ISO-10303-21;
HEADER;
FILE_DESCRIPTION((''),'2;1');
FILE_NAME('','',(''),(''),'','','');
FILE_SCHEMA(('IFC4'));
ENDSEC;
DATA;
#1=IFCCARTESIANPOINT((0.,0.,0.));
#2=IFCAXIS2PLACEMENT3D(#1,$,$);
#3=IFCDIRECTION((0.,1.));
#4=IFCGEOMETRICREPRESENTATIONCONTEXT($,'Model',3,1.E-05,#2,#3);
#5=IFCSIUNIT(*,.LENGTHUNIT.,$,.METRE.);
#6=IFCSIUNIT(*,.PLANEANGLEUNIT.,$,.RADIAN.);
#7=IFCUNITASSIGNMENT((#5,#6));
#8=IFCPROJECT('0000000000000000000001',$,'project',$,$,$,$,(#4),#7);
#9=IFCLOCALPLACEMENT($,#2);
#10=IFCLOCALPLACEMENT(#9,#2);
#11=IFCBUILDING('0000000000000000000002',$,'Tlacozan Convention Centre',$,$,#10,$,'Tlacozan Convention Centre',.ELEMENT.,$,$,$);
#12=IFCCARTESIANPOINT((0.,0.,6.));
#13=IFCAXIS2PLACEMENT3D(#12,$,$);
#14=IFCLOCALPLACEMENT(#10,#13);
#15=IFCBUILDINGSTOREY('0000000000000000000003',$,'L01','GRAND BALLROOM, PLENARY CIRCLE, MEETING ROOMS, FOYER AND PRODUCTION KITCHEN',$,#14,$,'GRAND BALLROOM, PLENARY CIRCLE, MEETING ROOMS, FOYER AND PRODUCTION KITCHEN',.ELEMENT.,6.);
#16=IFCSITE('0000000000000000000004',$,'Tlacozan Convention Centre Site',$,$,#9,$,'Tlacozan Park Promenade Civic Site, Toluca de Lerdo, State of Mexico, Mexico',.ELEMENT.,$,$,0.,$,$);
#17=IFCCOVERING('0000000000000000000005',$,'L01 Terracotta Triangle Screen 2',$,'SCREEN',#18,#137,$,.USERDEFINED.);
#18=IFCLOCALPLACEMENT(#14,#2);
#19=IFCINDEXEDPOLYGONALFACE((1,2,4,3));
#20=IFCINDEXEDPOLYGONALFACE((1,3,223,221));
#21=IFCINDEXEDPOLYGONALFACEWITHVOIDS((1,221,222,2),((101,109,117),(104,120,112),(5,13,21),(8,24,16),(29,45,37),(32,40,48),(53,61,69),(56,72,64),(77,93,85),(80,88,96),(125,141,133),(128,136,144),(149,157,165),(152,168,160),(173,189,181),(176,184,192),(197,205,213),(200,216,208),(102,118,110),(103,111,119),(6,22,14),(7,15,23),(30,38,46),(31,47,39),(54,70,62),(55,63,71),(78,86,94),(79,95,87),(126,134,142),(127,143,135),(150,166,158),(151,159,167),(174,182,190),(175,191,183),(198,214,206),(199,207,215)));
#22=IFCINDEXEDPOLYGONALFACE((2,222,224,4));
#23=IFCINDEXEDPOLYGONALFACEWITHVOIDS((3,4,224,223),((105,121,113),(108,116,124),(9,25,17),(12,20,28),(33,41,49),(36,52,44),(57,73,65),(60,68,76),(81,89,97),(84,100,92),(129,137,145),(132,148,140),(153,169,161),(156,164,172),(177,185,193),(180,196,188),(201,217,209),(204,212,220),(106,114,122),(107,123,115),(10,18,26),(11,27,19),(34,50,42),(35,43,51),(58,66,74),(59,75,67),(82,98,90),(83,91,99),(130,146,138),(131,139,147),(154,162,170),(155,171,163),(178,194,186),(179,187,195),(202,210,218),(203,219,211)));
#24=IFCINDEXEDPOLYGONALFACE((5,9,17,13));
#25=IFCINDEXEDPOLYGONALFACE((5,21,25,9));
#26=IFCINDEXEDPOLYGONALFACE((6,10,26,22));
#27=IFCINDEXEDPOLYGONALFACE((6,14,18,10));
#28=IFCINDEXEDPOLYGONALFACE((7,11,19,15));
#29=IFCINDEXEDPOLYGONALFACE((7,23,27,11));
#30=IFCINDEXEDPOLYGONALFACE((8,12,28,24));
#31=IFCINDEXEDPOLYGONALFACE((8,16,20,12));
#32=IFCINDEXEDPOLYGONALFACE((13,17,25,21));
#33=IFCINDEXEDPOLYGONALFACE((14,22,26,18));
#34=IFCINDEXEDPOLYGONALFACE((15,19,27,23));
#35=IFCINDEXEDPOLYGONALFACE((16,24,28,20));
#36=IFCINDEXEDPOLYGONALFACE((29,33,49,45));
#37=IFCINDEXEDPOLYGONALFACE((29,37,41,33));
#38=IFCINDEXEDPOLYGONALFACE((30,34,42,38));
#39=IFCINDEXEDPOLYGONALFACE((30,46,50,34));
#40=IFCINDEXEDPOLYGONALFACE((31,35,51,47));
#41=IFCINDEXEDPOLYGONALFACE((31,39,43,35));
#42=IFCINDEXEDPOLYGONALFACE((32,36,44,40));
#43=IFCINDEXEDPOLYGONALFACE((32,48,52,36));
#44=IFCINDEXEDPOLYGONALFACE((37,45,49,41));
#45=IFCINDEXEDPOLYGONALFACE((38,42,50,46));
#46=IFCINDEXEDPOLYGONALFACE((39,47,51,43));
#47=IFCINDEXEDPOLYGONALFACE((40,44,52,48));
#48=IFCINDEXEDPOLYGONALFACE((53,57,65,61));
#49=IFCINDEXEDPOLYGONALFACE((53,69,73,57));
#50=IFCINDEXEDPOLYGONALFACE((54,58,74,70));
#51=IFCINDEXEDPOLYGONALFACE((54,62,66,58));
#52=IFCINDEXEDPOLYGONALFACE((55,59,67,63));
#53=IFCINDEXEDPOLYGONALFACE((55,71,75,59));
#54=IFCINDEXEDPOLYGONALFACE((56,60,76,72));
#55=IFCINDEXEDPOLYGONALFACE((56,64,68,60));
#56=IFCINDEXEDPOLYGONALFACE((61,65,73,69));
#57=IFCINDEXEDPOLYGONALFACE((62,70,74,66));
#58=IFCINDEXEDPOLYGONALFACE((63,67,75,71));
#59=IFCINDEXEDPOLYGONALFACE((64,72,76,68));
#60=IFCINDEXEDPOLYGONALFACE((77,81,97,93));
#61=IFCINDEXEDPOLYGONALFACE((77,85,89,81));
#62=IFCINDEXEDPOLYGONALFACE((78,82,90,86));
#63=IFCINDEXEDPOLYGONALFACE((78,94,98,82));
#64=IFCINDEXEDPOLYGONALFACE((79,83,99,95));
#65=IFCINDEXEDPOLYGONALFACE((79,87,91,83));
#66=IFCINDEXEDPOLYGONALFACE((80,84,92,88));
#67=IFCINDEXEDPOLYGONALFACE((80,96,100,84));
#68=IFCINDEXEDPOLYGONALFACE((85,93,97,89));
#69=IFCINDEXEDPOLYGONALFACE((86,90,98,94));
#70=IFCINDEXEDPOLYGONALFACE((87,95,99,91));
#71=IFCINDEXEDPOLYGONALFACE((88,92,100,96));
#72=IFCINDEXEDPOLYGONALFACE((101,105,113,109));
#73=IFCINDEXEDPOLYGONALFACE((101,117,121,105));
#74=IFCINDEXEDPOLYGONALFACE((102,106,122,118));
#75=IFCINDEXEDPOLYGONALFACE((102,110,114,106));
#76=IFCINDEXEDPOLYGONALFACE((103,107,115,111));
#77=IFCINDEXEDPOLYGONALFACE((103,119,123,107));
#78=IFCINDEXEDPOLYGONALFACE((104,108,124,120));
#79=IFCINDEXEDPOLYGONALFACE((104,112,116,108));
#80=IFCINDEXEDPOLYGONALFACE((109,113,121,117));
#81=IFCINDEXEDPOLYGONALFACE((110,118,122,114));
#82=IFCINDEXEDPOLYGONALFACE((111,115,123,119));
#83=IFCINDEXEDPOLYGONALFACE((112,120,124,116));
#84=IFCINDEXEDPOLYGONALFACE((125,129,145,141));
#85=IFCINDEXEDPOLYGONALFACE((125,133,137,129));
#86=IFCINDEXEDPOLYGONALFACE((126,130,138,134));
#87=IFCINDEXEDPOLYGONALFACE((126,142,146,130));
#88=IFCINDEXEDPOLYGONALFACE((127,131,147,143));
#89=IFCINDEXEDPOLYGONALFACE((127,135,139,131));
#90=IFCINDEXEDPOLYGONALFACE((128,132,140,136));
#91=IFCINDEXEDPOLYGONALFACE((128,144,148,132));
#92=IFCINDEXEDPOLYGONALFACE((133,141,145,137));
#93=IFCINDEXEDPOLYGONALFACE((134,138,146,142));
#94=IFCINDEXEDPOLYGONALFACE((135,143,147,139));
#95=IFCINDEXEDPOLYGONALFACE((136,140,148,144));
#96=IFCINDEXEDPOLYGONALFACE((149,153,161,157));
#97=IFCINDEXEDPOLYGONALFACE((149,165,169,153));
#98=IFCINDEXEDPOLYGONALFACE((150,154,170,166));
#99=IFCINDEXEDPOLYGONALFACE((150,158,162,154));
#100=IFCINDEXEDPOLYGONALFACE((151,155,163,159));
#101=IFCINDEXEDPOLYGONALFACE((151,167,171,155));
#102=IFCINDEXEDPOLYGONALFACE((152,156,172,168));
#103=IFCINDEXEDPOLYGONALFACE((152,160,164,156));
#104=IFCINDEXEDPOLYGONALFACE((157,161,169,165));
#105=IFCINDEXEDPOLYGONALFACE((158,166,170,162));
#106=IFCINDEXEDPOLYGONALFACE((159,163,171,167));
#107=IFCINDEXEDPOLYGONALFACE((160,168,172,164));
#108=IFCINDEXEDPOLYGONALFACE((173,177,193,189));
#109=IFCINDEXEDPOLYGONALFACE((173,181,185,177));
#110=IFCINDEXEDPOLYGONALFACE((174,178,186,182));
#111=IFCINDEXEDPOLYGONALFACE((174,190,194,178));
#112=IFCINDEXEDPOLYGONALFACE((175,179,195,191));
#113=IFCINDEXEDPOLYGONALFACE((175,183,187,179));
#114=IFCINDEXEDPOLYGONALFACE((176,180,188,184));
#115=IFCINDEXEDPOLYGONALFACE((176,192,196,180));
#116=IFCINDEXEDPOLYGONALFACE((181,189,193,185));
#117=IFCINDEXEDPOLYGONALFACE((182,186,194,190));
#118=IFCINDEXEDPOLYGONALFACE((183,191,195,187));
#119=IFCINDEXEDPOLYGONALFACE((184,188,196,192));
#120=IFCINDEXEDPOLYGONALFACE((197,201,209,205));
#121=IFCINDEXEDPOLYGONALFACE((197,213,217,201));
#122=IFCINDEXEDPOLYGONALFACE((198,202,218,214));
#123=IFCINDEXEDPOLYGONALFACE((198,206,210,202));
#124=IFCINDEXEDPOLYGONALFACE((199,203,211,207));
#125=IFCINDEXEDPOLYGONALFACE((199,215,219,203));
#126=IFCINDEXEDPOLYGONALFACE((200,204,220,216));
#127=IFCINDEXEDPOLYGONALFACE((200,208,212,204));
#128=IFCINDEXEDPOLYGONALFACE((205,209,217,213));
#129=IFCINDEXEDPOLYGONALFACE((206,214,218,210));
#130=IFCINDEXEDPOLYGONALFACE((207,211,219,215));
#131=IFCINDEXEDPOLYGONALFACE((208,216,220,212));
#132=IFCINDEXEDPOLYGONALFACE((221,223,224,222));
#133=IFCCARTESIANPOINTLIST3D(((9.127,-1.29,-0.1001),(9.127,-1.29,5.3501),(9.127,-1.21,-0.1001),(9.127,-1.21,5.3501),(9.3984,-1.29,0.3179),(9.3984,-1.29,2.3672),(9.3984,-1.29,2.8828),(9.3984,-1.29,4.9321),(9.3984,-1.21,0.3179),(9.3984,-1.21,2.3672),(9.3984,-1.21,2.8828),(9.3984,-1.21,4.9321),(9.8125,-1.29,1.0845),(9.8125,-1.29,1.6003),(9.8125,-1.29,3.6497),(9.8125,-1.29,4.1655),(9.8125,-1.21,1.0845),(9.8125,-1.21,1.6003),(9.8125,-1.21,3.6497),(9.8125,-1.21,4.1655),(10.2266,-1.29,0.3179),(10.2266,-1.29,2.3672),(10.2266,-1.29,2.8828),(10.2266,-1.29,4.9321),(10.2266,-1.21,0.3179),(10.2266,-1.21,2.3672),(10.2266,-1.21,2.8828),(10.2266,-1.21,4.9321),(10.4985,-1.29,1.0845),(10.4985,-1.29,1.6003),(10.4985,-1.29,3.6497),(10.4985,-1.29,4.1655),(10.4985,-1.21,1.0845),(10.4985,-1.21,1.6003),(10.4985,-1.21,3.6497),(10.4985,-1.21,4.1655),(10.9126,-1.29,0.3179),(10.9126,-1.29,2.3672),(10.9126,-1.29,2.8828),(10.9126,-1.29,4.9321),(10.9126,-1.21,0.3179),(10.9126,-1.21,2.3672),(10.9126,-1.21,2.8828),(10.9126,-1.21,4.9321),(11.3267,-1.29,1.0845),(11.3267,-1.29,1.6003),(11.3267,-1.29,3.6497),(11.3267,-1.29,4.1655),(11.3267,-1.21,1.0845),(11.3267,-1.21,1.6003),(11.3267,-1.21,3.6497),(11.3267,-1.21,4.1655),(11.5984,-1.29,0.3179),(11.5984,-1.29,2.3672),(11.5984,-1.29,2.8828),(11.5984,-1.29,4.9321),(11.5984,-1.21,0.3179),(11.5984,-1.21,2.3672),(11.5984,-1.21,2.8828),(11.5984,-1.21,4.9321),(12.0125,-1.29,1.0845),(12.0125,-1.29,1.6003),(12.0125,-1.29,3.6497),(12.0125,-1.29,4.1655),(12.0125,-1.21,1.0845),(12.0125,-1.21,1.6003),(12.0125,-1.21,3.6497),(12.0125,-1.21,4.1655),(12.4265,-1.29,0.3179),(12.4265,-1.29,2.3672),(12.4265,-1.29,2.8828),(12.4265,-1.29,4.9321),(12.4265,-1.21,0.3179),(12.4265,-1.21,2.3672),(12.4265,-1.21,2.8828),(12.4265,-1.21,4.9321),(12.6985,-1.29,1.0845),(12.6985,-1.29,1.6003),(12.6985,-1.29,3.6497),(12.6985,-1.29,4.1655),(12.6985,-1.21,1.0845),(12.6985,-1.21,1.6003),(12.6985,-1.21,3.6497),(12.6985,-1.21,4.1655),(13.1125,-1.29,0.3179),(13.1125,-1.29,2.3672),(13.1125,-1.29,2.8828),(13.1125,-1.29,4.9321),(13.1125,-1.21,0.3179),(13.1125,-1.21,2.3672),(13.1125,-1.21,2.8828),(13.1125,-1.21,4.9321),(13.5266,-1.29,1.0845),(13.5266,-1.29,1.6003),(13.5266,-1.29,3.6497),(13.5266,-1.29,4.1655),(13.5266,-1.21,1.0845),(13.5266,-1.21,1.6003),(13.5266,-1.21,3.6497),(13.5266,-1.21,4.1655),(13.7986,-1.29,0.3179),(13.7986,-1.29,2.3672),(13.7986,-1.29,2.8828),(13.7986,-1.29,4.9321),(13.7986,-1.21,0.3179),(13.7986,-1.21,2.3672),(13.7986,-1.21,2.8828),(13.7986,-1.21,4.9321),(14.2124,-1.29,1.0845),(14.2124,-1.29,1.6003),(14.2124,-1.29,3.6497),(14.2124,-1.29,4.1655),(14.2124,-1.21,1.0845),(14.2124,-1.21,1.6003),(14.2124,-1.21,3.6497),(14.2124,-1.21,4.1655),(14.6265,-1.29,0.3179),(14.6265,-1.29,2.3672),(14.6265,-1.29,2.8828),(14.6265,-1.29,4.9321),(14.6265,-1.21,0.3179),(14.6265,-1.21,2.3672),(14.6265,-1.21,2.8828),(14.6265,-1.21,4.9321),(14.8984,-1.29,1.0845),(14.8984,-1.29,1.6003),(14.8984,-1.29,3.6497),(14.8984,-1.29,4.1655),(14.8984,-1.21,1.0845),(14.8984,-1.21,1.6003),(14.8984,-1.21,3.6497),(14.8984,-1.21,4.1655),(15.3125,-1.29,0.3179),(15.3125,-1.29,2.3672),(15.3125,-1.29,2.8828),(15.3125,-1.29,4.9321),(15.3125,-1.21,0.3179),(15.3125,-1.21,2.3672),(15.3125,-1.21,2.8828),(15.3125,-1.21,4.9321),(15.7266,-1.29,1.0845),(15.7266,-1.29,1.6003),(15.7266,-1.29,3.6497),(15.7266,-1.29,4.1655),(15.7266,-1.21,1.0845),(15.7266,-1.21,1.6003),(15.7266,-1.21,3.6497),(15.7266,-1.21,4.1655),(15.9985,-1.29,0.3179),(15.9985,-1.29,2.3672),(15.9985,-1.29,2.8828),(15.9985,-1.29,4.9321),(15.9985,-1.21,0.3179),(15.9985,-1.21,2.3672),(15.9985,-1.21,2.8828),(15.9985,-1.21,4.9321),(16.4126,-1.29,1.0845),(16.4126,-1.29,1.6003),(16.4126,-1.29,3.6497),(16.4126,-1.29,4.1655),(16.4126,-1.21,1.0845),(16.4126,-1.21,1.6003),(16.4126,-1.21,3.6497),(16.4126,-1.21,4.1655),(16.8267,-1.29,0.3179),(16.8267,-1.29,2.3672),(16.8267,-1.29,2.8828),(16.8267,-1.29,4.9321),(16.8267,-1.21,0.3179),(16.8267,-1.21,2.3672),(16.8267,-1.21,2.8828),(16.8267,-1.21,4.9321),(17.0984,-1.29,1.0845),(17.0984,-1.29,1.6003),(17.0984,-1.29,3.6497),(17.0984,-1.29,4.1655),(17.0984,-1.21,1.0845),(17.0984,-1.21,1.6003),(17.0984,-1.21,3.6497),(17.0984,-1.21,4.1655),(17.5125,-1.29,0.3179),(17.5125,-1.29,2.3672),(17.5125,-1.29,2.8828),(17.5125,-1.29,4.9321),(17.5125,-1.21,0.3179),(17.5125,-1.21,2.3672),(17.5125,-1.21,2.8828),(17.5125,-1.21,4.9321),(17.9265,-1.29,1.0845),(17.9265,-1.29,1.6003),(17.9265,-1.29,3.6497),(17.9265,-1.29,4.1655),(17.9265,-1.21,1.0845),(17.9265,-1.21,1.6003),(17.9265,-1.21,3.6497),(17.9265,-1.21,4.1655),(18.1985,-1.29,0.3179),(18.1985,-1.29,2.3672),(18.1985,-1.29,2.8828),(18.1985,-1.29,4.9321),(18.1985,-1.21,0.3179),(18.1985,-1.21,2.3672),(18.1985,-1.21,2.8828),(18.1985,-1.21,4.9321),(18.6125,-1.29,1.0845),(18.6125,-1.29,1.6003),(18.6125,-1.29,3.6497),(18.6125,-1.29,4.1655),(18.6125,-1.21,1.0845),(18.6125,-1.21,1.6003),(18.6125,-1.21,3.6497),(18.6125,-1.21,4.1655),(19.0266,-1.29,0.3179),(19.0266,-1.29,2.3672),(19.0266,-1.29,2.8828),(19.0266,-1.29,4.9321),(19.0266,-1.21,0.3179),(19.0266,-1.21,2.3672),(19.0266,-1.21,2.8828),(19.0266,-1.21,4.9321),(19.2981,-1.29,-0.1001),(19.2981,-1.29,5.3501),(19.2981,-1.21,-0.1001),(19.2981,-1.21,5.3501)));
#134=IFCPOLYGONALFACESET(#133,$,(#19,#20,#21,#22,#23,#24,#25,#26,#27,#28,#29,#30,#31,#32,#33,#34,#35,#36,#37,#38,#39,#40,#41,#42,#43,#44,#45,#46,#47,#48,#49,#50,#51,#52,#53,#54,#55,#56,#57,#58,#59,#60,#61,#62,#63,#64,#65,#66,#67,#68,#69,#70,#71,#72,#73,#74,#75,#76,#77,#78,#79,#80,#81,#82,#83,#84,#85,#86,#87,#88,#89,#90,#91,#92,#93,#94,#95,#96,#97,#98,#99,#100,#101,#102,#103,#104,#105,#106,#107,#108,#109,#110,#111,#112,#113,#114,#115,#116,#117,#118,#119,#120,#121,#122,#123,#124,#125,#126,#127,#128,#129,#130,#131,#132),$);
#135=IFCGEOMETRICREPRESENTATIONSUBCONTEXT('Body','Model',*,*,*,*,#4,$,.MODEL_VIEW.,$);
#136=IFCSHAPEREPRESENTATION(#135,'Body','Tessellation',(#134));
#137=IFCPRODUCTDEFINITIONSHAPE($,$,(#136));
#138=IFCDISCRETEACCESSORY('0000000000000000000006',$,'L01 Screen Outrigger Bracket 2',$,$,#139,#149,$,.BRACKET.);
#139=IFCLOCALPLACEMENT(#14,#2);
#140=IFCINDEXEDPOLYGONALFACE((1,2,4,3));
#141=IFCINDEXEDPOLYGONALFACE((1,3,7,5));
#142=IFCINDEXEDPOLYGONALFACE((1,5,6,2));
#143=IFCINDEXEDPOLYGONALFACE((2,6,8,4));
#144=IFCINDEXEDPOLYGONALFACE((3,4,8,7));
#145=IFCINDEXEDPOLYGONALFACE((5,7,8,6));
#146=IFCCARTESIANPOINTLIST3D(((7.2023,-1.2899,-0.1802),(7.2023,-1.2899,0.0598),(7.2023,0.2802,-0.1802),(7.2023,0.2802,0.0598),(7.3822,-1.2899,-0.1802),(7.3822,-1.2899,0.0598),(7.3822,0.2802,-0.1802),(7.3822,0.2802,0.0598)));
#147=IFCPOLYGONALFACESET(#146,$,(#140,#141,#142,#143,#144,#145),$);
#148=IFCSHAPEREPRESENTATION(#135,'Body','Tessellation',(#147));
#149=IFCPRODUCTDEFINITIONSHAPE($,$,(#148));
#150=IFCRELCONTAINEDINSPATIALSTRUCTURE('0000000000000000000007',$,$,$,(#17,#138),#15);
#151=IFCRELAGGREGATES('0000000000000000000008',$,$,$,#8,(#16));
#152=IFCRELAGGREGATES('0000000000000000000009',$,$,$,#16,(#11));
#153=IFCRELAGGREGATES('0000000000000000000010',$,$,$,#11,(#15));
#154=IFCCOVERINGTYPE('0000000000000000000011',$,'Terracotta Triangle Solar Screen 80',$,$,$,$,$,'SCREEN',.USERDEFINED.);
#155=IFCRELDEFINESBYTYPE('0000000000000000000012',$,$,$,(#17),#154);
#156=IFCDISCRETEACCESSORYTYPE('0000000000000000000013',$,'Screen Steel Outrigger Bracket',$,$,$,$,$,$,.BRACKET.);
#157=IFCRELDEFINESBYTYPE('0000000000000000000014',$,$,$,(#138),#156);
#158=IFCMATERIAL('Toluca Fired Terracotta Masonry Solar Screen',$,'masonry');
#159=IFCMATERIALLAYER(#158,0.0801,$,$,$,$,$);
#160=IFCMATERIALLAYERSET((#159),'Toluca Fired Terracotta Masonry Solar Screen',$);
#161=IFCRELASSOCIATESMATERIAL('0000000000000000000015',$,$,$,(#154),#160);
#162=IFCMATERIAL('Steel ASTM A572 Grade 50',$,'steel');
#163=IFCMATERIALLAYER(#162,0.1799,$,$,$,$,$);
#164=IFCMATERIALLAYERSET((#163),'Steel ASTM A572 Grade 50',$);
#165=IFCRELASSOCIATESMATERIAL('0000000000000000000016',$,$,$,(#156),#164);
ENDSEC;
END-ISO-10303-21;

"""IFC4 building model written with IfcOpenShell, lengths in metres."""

from ifc_helpers import new_model, si_unit, direction, frame, origin, origin_2d, place, context, subcontext, project, spatial, polyline, rectangle, outline, extrude, material, layer, layer_set, type_object, element, save


model = new_model("IFC4")

# Units and contexts
model_context = context("Model", 3, precision=1e-05, world=origin(), true_north=direction((0.0, 1.0)))
body_context = subcontext(model_context, "Body", "Model", "MODEL_VIEW")
ifc_project = project(units=[si_unit("LENGTHUNIT", "METRE"), si_unit("PLANEANGLEUNIT", "RADIAN")], contexts=[model_context])

# Site, building, storey
site_placement = place(None, origin())
site = spatial("IfcSite", under=ifc_project, at=site_placement, Name="Tlacozan Convention Centre Site", LongName="Tlacozan Park Promenade Civic Site, Toluca de Lerdo, State of Mexico, Mexico", CompositionType="ELEMENT", RefElevation=0.0)
building_placement = place(site_placement, origin())
building = spatial("IfcBuilding", under=site, at=building_placement, Name="Tlacozan Convention Centre", LongName="Tlacozan Convention Centre", CompositionType="ELEMENT")
storey_placement = place(building_placement, frame((0.0, 0.0, 6.0)))
storey = spatial("IfcBuildingStorey", under=building, at=storey_placement, Name="L01", Description="GRAND BALLROOM, PLENARY CIRCLE, MEETING ROOMS, FOYER AND PRODUCTION KITCHEN", LongName="GRAND BALLROOM, PLENARY CIRCLE, MEETING ROOMS, FOYER AND PRODUCTION KITCHEN", CompositionType="ELEMENT", Elevation=6.0)

# Covering
ifc_material_1 = material(Name="Toluca Fired Terracotta Masonry Solar Screen", Category="masonry")
ifc_layer_1 = layer(ifc_material_1, 0.0801)
ifc_layer_set_1 = layer_set([ifc_layer_1], Name="Toluca Fired Terracotta Masonry Solar Screen")
covering_type = type_object("IfcCoveringType", Name="Terracotta Triangle Solar Screen 80", ElementType="SCREEN", PredefinedType="USERDEFINED", material=ifc_layer_set_1)
covering_placement = place(storey_placement, frame((9.127, -1.25, -0.1001), z_axis=(0.0, 0.0, 1.0), x_axis=(1.0, 0.0, 0.0)))
element("IfcCovering", 1, at=covering_placement, inside=storey, type_object=covering_type, Name="L01 Terracotta Triangle Screen 2", ObjectType="SCREEN", PredefinedType="USERDEFINED", context=body_context, shape_type="SweptSolid", body=[
    extrude(outline(polyline([(0.0, 0.0), (10.1711, 0.0), (10.1711, 5.4502), (0.0, 5.4502), (0.0, 0.0)]), holes=[polyline([(0.2715, 0.418), (1.0996, 0.418), (0.6855, 1.1846), (0.2715, 0.418)]), polyline([(1.3716, 1.1846), (2.1997, 1.1846), (1.7856, 0.418), (1.3716, 1.1846)]), polyline([(2.4714, 0.418), (3.2996, 0.418), (2.8855, 1.1846), (2.4714, 0.418)]), polyline([(3.5715, 1.1846), (4.3997, 1.1846), (3.9856, 0.418), (3.5715, 1.1846)]), polyline([(4.6716, 0.418), (5.4995, 0.418), (5.0854, 1.1846), (4.6716, 0.418)]), polyline([(5.7715, 1.1846), (6.5996, 1.1846), (6.1855, 0.418), (5.7715, 1.1846)]), polyline([(6.8716, 0.418), (7.6997, 0.418), (7.2856, 1.1846), (6.8716, 0.418)]), polyline([(7.9714, 1.1846), (8.7996, 1.1846), (8.3855, 0.418), (7.9714, 1.1846)]), polyline([(9.0715, 0.418), (9.8997, 0.418), (9.4856, 1.1846), (9.0715, 0.418)]), polyline([(0.2715, 2.4673), (1.0996, 2.4673), (0.6855, 1.7004), (0.2715, 2.4673)]), polyline([(1.3716, 1.7004), (2.1997, 1.7004), (1.7856, 2.4673), (1.3716, 1.7004)]), polyline([(2.4714, 2.4673), (3.2996, 2.4673), (2.8855, 1.7004), (2.4714, 2.4673)]), polyline([(3.5715, 1.7004), (4.3997, 1.7004), (3.9856, 2.4673), (3.5715, 1.7004)]), polyline([(4.6716, 2.4673), (5.4995, 2.4673), (5.0854, 1.7004), (4.6716, 2.4673)]), polyline([(5.7715, 1.7004), (6.5996, 1.7004), (6.1855, 2.4673), (5.7715, 1.7004)]), polyline([(6.8716, 2.4673), (7.6997, 2.4673), (7.2856, 1.7004), (6.8716, 2.4673)]), polyline([(7.9714, 1.7004), (8.7996, 1.7004), (8.3855, 2.4673), (7.9714, 1.7004)]), polyline([(9.0715, 2.4673), (9.8997, 2.4673), (9.4856, 1.7004), (9.0715, 2.4673)]), polyline([(0.2715, 2.9829), (1.0996, 2.9829), (0.6855, 3.7498), (0.2715, 2.9829)]), polyline([(1.3716, 3.7498), (2.1997, 3.7498), (1.7856, 2.9829), (1.3716, 3.7498)]), polyline([(2.4714, 2.9829), (3.2996, 2.9829), (2.8855, 3.7498), (2.4714, 2.9829)]), polyline([(3.5715, 3.7498), (4.3997, 3.7498), (3.9856, 2.9829), (3.5715, 3.7498)]), polyline([(4.6716, 2.9829), (5.4995, 2.9829), (5.0854, 3.7498), (4.6716, 2.9829)]), polyline([(5.7715, 3.7498), (6.5996, 3.7498), (6.1855, 2.9829), (5.7715, 3.7498)]), polyline([(6.8716, 2.9829), (7.6997, 2.9829), (7.2856, 3.7498), (6.8716, 2.9829)]), polyline([(7.9714, 3.7498), (8.7996, 3.7498), (8.3855, 2.9829), (7.9714, 3.7498)]), polyline([(9.0715, 2.9829), (9.8997, 2.9829), (9.4856, 3.7498), (9.0715, 2.9829)]), polyline([(0.2715, 5.0322), (1.0996, 5.0322), (0.6855, 4.2656), (0.2715, 5.0322)]), polyline([(1.3716, 4.2656), (2.1997, 4.2656), (1.7856, 5.0322), (1.3716, 4.2656)]), polyline([(2.4714, 5.0322), (3.2996, 5.0322), (2.8855, 4.2656), (2.4714, 5.0322)]), polyline([(3.5715, 4.2656), (4.3997, 4.2656), (3.9856, 5.0322), (3.5715, 4.2656)]), polyline([(4.6716, 5.0322), (5.4995, 5.0322), (5.0854, 4.2656), (4.6716, 5.0322)]), polyline([(5.7715, 4.2656), (6.5996, 4.2656), (6.1855, 5.0322), (5.7715, 4.2656)]), polyline([(6.8716, 5.0322), (7.6997, 5.0322), (7.2856, 4.2656), (6.8716, 5.0322)]), polyline([(7.9714, 4.2656), (8.7996, 4.2656), (8.3855, 5.0322), (7.9714, 4.2656)]), polyline([(9.0715, 5.0322), (9.8997, 5.0322), (9.4856, 4.2656), (9.0715, 5.0322)])]), frame((0.0, 0.04, 0.0), z_axis=(0.0, -1.0, 0.0), x_axis=(1.0, 0.0, 0.0)), (0.0, 0.0, 1.0), 0.0801),
])

# Discrete accessory
ifc_material_2 = material(Name="Steel ASTM A572 Grade 50", Category="steel")
ifc_layer_2 = layer(ifc_material_2, 0.1799)
ifc_layer_set_2 = layer_set([ifc_layer_2], Name="Steel ASTM A572 Grade 50")
discrete_accessory_type = type_object("IfcDiscreteAccessoryType", Name="Screen Steel Outrigger Bracket", PredefinedType="BRACKET", material=ifc_layer_set_2)
discrete_accessory_placement = place(storey_placement, frame((7.2922, -0.5049, -0.1802), z_axis=(0.0, 0.0, 1.0), x_axis=(0.0, 1.0, 0.0)))
element("IfcDiscreteAccessory", 2, at=discrete_accessory_placement, inside=storey, type_object=discrete_accessory_type, Name="L01 Screen Outrigger Bracket 2", PredefinedType="BRACKET", context=body_context, shape_type="SweptSolid", body=[
    extrude(rectangle(XDim=1.5701, YDim=0.1799, at=origin_2d()), origin(), (0.0, 0.0, 1.0), 0.24),
])

save(model, "model.ifc")
